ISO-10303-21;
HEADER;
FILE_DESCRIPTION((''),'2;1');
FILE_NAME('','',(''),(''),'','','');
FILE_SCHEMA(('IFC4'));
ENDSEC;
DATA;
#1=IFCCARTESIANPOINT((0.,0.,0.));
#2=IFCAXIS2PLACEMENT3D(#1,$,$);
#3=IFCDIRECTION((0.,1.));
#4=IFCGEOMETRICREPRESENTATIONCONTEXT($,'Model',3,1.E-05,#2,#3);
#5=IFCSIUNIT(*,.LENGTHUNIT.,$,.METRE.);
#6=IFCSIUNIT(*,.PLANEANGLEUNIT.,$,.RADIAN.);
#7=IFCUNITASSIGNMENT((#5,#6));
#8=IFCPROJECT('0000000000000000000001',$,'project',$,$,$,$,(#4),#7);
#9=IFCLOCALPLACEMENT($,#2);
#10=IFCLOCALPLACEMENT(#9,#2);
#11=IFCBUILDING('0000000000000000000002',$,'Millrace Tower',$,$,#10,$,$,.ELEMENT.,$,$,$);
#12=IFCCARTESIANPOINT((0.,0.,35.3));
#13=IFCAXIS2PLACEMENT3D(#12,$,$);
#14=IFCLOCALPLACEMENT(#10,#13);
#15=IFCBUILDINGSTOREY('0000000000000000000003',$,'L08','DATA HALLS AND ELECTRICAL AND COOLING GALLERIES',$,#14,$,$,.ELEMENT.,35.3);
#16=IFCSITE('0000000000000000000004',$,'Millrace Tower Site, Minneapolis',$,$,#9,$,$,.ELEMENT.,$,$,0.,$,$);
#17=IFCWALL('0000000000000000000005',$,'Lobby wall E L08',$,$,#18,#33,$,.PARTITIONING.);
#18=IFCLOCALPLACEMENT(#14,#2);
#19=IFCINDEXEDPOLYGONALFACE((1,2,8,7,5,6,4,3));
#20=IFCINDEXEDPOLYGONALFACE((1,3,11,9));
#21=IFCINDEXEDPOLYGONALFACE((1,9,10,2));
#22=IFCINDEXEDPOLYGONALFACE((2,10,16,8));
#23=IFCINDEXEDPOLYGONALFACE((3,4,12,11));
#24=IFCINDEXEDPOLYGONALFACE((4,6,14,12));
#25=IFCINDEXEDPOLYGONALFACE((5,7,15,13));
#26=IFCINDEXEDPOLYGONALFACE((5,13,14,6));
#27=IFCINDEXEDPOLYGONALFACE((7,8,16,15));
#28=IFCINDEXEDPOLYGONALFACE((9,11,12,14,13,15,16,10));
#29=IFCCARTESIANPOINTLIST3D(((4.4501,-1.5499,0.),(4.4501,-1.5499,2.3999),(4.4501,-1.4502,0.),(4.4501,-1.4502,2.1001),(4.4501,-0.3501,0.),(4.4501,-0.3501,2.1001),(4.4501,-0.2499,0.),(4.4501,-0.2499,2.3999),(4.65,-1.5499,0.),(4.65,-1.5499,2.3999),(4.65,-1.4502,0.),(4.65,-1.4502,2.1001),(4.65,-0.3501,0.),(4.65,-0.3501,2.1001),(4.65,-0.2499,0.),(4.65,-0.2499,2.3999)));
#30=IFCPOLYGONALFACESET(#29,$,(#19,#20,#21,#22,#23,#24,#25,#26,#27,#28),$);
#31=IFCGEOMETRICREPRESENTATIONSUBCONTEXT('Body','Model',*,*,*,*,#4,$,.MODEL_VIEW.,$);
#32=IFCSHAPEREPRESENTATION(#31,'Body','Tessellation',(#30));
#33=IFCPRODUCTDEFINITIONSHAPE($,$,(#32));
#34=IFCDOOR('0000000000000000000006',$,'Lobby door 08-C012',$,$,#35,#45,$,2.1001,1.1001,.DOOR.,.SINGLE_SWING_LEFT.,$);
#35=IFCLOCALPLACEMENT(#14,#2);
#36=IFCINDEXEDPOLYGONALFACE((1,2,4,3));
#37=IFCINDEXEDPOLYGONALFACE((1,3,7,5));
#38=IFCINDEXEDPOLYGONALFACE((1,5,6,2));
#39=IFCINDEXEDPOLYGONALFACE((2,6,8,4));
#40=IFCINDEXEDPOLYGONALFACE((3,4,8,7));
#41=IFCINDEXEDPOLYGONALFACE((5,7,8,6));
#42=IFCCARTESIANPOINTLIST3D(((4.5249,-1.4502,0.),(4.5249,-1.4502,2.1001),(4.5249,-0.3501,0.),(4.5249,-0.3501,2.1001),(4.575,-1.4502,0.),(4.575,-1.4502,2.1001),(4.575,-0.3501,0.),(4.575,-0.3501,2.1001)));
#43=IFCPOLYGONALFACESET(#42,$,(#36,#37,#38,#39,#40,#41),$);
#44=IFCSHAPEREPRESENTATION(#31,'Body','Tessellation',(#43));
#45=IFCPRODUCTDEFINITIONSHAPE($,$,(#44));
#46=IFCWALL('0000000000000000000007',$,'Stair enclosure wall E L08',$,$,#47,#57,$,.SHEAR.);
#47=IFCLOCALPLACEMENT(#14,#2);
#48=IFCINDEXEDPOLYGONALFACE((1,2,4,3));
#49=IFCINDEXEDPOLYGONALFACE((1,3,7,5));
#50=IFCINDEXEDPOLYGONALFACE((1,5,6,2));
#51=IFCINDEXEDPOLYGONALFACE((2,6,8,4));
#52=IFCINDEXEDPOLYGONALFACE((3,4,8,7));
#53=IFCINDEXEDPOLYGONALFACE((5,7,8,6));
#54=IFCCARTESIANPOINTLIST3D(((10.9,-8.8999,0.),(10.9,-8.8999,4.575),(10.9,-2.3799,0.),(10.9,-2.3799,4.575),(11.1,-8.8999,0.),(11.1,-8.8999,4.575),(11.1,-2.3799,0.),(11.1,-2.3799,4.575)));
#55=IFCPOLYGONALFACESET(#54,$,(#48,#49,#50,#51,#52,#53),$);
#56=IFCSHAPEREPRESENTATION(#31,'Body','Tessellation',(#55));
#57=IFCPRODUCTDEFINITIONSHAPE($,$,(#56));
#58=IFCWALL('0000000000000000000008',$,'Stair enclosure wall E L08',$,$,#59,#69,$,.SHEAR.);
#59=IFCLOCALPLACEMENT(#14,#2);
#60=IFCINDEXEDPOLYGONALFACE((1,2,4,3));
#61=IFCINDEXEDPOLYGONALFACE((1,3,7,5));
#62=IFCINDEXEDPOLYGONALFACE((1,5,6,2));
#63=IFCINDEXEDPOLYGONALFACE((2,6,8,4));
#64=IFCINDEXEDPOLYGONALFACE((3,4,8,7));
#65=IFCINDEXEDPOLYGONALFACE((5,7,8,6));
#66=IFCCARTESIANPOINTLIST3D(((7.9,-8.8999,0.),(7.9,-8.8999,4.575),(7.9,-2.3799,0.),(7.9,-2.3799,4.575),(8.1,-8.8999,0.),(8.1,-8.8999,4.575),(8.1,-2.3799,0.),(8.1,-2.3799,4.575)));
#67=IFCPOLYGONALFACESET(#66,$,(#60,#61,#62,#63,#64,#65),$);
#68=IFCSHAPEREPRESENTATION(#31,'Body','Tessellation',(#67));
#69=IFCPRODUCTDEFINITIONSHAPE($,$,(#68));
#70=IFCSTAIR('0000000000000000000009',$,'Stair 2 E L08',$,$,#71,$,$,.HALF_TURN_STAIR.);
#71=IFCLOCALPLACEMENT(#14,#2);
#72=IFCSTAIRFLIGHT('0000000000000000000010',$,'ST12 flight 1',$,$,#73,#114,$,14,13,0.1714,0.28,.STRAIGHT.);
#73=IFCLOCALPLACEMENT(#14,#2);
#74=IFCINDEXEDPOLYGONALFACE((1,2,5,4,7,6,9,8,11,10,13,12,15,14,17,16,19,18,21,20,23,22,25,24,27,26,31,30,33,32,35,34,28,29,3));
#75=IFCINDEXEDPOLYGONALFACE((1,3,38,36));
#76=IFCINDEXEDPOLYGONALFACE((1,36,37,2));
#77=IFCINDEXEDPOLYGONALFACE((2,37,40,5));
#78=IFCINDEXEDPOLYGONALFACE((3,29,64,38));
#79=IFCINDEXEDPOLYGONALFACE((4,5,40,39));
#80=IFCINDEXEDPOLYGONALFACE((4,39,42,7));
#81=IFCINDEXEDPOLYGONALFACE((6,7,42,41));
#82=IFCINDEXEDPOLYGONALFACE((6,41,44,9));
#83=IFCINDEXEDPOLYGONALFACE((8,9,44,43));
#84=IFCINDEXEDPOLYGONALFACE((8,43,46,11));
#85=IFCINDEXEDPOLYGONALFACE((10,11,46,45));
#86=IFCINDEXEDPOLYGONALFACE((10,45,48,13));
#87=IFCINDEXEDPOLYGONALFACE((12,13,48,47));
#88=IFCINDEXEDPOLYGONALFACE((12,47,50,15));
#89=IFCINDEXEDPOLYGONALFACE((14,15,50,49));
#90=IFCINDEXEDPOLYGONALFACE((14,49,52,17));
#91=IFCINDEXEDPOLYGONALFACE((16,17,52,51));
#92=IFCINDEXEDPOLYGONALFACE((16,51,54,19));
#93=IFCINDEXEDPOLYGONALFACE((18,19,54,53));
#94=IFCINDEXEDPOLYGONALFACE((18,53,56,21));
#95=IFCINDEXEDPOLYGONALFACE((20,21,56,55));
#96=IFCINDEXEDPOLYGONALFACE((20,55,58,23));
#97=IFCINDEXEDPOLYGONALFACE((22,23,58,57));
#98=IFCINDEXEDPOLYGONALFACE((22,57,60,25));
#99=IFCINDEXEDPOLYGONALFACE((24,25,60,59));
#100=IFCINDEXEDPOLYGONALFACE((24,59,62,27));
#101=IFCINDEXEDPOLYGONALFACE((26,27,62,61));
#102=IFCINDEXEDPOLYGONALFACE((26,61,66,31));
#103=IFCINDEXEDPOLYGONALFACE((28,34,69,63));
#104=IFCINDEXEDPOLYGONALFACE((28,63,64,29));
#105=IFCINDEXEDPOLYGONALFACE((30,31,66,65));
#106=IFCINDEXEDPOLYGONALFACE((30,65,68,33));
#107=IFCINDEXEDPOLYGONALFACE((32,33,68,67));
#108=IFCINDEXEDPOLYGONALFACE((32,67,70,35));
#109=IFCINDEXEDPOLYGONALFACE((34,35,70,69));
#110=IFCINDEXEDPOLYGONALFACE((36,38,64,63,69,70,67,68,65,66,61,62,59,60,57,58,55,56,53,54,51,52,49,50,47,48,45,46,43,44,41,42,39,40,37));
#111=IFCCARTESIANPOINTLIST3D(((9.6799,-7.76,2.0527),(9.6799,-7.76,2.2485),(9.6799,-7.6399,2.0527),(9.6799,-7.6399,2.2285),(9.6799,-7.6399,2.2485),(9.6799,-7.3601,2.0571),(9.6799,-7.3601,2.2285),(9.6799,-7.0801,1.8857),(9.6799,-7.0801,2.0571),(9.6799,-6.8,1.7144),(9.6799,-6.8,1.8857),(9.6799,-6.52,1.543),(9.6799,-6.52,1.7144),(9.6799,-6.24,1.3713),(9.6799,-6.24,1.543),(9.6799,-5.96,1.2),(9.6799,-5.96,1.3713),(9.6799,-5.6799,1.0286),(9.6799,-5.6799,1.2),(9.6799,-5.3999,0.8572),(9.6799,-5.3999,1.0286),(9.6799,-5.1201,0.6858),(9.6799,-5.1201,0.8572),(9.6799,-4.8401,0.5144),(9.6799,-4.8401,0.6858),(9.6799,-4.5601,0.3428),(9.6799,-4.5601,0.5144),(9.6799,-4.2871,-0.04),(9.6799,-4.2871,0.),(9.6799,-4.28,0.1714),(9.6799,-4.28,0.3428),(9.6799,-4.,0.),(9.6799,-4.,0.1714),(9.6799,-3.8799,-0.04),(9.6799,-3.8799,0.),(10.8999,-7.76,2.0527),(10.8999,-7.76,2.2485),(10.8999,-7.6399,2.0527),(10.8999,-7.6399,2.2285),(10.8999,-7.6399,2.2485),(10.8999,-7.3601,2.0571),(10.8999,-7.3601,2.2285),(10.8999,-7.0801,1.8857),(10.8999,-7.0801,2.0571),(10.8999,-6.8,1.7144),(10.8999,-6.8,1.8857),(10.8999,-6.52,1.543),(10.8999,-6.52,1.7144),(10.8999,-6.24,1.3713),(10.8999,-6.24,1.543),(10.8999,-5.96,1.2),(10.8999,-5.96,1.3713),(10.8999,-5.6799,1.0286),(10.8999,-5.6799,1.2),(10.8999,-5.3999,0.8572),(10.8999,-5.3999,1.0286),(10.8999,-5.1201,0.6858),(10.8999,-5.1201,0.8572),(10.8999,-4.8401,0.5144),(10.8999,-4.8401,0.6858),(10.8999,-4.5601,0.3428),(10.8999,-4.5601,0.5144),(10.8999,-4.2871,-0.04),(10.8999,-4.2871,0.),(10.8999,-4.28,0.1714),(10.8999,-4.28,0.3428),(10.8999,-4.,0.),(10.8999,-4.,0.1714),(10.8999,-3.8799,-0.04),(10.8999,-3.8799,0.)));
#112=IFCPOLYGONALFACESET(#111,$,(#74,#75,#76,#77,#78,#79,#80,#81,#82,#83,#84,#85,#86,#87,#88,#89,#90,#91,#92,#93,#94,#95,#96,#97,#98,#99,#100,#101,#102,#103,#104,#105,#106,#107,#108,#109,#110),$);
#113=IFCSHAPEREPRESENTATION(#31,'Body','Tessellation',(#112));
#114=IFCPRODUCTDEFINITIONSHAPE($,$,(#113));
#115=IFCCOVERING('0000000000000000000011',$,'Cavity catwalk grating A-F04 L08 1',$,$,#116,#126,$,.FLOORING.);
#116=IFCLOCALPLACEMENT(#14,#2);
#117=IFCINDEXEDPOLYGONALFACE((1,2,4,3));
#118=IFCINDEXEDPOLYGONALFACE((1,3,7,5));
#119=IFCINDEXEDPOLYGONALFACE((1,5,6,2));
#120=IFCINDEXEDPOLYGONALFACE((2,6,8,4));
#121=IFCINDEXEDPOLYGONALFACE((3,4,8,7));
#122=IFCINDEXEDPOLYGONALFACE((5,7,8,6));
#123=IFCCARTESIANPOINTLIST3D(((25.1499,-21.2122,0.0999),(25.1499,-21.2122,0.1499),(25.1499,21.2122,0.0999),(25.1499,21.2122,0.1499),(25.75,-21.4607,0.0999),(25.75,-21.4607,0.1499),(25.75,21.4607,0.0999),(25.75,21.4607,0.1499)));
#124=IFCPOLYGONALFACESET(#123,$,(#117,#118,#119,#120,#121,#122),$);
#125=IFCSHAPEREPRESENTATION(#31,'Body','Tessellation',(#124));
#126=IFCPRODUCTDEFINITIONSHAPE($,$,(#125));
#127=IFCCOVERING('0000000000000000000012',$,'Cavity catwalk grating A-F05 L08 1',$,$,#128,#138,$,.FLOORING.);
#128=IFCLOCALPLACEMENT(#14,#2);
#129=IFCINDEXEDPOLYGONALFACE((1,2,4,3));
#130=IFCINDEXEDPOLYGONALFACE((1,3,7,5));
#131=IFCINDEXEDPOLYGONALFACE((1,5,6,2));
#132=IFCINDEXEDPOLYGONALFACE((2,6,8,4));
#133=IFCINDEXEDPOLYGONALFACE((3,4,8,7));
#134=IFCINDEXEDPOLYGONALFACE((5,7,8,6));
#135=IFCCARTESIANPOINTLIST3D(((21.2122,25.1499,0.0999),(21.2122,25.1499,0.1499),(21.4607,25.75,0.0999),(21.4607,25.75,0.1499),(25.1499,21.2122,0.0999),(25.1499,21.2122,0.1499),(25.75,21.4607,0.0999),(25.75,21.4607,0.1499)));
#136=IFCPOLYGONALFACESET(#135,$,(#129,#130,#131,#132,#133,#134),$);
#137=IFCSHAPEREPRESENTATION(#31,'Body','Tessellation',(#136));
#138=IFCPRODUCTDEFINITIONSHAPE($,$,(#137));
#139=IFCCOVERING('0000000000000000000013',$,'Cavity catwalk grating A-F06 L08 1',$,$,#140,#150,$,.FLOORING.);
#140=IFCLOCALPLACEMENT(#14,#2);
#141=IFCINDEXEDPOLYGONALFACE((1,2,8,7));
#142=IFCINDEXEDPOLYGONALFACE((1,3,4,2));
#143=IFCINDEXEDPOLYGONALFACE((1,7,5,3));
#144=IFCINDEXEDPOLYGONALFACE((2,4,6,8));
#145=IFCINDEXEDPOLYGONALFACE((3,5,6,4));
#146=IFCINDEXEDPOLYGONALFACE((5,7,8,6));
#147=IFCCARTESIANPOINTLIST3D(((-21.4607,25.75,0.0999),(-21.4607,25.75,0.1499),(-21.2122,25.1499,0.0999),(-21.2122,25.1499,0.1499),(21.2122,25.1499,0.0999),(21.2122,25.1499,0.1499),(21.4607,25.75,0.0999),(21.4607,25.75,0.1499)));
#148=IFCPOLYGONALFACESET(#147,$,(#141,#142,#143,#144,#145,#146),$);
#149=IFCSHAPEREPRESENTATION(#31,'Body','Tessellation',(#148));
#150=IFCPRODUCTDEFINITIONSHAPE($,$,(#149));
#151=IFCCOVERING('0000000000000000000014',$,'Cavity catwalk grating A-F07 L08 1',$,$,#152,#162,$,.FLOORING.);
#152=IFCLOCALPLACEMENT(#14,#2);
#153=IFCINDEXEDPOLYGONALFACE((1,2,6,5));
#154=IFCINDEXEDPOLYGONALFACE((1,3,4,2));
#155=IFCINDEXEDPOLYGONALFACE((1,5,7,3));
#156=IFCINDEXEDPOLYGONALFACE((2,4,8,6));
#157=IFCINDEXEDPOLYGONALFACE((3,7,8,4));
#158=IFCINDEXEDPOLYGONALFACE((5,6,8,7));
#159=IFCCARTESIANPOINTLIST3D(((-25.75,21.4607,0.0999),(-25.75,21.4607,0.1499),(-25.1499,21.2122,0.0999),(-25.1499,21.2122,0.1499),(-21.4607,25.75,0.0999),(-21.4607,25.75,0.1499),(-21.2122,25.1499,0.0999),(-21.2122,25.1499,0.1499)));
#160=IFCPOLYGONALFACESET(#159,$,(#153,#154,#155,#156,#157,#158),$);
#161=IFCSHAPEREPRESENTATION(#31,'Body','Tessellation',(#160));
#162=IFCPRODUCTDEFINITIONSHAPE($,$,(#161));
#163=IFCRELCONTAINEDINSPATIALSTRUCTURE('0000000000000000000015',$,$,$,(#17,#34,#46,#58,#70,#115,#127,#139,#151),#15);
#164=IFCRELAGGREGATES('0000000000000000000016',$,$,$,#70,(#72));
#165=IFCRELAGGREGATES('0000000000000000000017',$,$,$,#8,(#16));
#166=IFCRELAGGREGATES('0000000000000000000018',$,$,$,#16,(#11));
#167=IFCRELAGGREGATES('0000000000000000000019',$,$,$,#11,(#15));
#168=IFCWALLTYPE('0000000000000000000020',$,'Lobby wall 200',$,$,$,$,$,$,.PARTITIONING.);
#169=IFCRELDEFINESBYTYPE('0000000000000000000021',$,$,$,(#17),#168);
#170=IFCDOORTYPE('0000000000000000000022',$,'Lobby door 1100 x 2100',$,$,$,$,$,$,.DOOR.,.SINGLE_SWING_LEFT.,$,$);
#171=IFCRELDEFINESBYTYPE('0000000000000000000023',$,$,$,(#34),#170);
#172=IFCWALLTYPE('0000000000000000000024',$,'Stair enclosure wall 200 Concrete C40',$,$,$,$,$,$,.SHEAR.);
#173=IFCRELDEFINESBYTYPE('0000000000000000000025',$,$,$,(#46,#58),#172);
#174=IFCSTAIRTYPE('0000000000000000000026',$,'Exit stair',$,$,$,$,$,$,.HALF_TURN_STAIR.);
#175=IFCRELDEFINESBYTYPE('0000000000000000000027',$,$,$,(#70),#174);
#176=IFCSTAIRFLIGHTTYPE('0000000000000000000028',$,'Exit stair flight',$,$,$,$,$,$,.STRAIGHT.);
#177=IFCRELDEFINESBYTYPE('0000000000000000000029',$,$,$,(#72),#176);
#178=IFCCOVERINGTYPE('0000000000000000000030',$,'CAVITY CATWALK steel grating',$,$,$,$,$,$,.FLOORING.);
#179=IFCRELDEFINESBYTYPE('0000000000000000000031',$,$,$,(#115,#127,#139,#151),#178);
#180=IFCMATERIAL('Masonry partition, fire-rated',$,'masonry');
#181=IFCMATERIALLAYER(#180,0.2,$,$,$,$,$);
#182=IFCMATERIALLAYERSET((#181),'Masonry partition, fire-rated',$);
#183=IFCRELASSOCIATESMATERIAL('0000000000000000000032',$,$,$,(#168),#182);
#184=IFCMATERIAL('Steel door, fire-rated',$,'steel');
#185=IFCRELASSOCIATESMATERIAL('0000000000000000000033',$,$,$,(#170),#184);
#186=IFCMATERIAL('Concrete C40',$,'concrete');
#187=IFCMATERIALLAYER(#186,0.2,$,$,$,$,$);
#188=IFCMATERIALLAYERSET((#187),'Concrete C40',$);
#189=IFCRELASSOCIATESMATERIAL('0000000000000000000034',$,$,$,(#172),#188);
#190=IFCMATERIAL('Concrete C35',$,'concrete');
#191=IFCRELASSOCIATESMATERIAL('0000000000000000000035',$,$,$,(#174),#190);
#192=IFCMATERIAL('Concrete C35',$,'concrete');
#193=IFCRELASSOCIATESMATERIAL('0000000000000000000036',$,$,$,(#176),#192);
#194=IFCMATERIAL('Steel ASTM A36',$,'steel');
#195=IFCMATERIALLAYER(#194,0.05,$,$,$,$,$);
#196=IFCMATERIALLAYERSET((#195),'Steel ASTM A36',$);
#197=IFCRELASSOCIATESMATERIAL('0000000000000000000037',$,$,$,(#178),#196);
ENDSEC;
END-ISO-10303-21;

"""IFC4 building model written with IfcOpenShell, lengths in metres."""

from ifc_helpers import new_model, si_unit, direction, frame, frame_2d, origin, place, context, subcontext, project, spatial, polyline, rectangle, outline, extrude, material, layer, layer_set, type_object, element, fill, aggregate, save


model = new_model("IFC4")

# Units and contexts
model_context = context("Model", 3, precision=1e-05, world=origin(), true_north=direction((0.0, 1.0)))
body_context = subcontext(model_context, "Body", "Model", "MODEL_VIEW")
ifc_project = project(units=[si_unit("LENGTHUNIT", "METRE"), si_unit("PLANEANGLEUNIT", "RADIAN")], contexts=[model_context])

# Site, building, storey
site_placement = place(None, origin())
site = spatial("IfcSite", under=ifc_project, at=site_placement, Name="Millrace Tower Site, Minneapolis", CompositionType="ELEMENT", RefElevation=0.0)
building_placement = place(site_placement, origin())
building = spatial("IfcBuilding", under=site, at=building_placement, Name="Millrace Tower", CompositionType="ELEMENT")
storey_placement = place(building_placement, frame((0.0, 0.0, 35.3)))
storey = spatial("IfcBuildingStorey", under=building, at=storey_placement, Name="L08", Description="DATA HALLS AND ELECTRICAL AND COOLING GALLERIES", CompositionType="ELEMENT", Elevation=35.3)

# Shared definitions
placement_1 = place(storey_placement, origin())

# Wall, opening, door
ifc_material_1 = material(Name="Masonry partition, fire-rated", Category="masonry")
ifc_layer_1 = layer(ifc_material_1, 0.2)
ifc_layer_set_1 = layer_set([ifc_layer_1], Name="Masonry partition, fire-rated")
wall_type_1 = type_object("IfcWallType", Name="Lobby wall 200", PredefinedType="PARTITIONING", material=ifc_layer_set_1)
wall_1_placement = place(storey_placement, frame((4.55, -0.25, 0.0), z_axis=(0.0, 0.0, 1.0), x_axis=(0.0, -1.0, 0.0)))
wall_1 = element("IfcWall", 1, at=wall_1_placement, inside=storey, type_object=wall_type_1, Name="Lobby wall E L08", PredefinedType="PARTITIONING", context=body_context, shape_type="SweptSolid", body=[
    extrude(rectangle(XDim=1.3, YDim=0.2, at=frame_2d((0.6499, 0.0))), origin(), (0.0, 0.0, 1.0), 2.3999),
])
opening_placement = place(wall_1_placement, frame((0.1001, 0.0, 0.0)))
opening = element("IfcOpeningElement", 2, at=opening_placement, cuts=wall_1, PredefinedType="OPENING", context=body_context, shape_type="SweptSolid", body=[
    extrude(rectangle(XDim=1.1001, YDim=2.1001, at=frame_2d((0.55, 1.05))), frame((0.0, 0.1099, 0.0), z_axis=(0.0, -1.0, 0.0), x_axis=(1.0, 0.0, 0.0)), (0.0, 0.0, 1.0), 0.22),
])
ifc_material_2 = material(Name="Steel door, fire-rated", Category="steel")
door_type = type_object("IfcDoorType", Name="Lobby door 1100 x 2100", OperationType="SINGLE_SWING_LEFT", PredefinedType="DOOR", material=ifc_material_2)
door_placement = place(opening_placement, origin())
door = element("IfcDoor", 3, at=door_placement, inside=storey, type_object=door_type, Name="Lobby door 08-C012", OperationType="SINGLE_SWING_LEFT", OverallHeight=2.1001, OverallWidth=1.1001, PredefinedType="DOOR", context=body_context, shape_type="SweptSolid", body=[
    extrude(rectangle(XDim=1.1001, YDim=2.1001, at=frame_2d((0.55, 1.05))), frame((0.0, 0.0249, 0.0), z_axis=(0.0, -1.0, 0.0), x_axis=(1.0, 0.0, 0.0)), (0.0, 0.0, 1.0), 0.05),
])
fill(opening, door)

# Walls
ifc_material_3 = material(Name="Concrete C40", Category="concrete")
ifc_layer_2 = layer(ifc_material_3, 0.2)
ifc_layer_set_2 = layer_set([ifc_layer_2], Name="Concrete C40")
wall_type_2 = type_object("IfcWallType", Name="Stair enclosure wall 200 Concrete C40", PredefinedType="SHEAR", material=ifc_layer_set_2)
for number, where, z_axis, x_axis, name in (
    (4, (11.0, -2.3799, 0.0), (0.0, 0.0, 1.0), (0.0, -1.0, 0.0), "Stair enclosure wall E L08"),
    (5, (8.0, -2.3799, 0.0), (0.0, 0.0, 1.0), (0.0, -1.0, 0.0), "Stair enclosure wall E L08"),
):
    element("IfcWall", number, at=place(storey_placement, frame(where, z_axis=z_axis, x_axis=x_axis)), inside=storey, type_object=wall_type_2, Name=name, PredefinedType="SHEAR", context=body_context, shape_type="SweptSolid", body=[
        extrude(rectangle(XDim=6.52, YDim=0.2, at=frame_2d((3.26, 0.0))), origin(), (0.0, 0.0, 1.0), 4.575),
    ])

# Stair, stair flight
ifc_material_4 = material(Name="Concrete C35", Category="concrete")
stair_type = type_object("IfcStairType", Name="Exit stair", PredefinedType="HALF_TURN_STAIR", material=ifc_material_4)
stair = element("IfcStair", 6, at=placement_1, inside=storey, type_object=stair_type, Name="Stair 2 E L08", PredefinedType="HALF_TURN_STAIR")
ifc_material_5 = material(Name="Concrete C35", Category="concrete")
stair_flight_type = type_object("IfcStairFlightType", Name="Exit stair flight", PredefinedType="STRAIGHT", material=ifc_material_5)
stair_flight_placement = place(storey_placement, frame((10.29, -4.0, 0.0), z_axis=(0.0, 0.0, 1.0), x_axis=(0.0, -1.0, 0.0)))
stair_flight = element("IfcStairFlight", 7, at=stair_flight_placement, type_object=stair_flight_type, Name="ST12 flight 1", NumberOfRisers=14, NumberOfTreads=13, PredefinedType="STRAIGHT", RiserHeight=0.1714, TreadLength=0.28, context=body_context, shape_type="SweptSolid", body=[
    extrude(outline(polyline([(-0.1201, -0.04), (-0.1201, 0.0), (0.0, 0.0), (0.0, 0.1714), (0.28, 0.1714), (0.28, 0.3428), (0.5601, 0.3428), (0.5601, 0.5144), (0.8401, 0.5144), (0.8401, 0.6858), (1.1201, 0.6858), (1.1201, 0.8572), (1.3999, 0.8572), (1.3999, 1.0286), (1.6799, 1.0286), (1.6799, 1.2), (1.96, 1.2), (1.96, 1.3713), (2.24, 1.3713), (2.24, 1.543), (2.52, 1.543), (2.52, 1.7144), (2.8, 1.7144), (2.8, 1.8857), (3.0801, 1.8857), (3.0801, 2.0571), (3.3601, 2.0571), (3.3601, 2.2285), (3.6399, 2.2285), (3.6399, 2.2485), (3.76, 2.2485), (3.76, 2.0527), (3.6399, 2.0527), (0.2871, 0.0), (0.2871, -0.04), (-0.1201, -0.04)])), frame((0.0, 0.6099, 0.0), z_axis=(0.0, -1.0, 0.0), x_axis=(1.0, 0.0, 0.0)), (0.0, 0.0, 1.0), 1.22),
])
aggregate(stair, [stair_flight])

# Coverings
ifc_material_6 = material(Name="Steel ASTM A36", Category="steel")
ifc_layer_3 = layer(ifc_material_6, 0.05)
ifc_layer_set_3 = layer_set([ifc_layer_3], Name="Steel ASTM A36")
covering_type = type_object("IfcCoveringType", Name="CAVITY CATWALK steel grating", PredefinedType="FLOORING", material=ifc_layer_set_3)
placement_2 = place(storey_placement, frame((0.0, 0.0, 0.0999)))
element("IfcCovering", 8, at=placement_2, inside=storey, type_object=covering_type, Name="Cavity catwalk grating A-F04 L08 1", PredefinedType="FLOORING", context=body_context, shape_type="SweptSolid", body=[
    extrude(outline(polyline([(25.75, -21.4607), (25.75, 21.4607), (25.1499, 21.2122), (25.1499, -21.2122), (25.75, -21.4607)])), origin(), (0.0, 0.0, 1.0), 0.05),
])
element("IfcCovering", 9, at=placement_2, inside=storey, type_object=covering_type, Name="Cavity catwalk grating A-F05 L08 1", PredefinedType="FLOORING", context=body_context, shape_type="SweptSolid", body=[
    extrude(outline(polyline([(25.75, 21.4607), (21.4607, 25.75), (21.2122, 25.1499), (25.1499, 21.2122), (25.75, 21.4607)])), origin(), (0.0, 0.0, 1.0), 0.05),
])
element("IfcCovering", 10, at=placement_2, inside=storey, type_object=covering_type, Name="Cavity catwalk grating A-F06 L08 1", PredefinedType="FLOORING", context=body_context, shape_type="SweptSolid", body=[
    extrude(outline(polyline([(21.4607, 25.75), (-21.4607, 25.75), (-21.2122, 25.1499), (21.2122, 25.1499), (21.4607, 25.75)])), origin(), (0.0, 0.0, 1.0), 0.05),
])
element("IfcCovering", 11, at=placement_2, inside=storey, type_object=covering_type, Name="Cavity catwalk grating A-F07 L08 1", PredefinedType="FLOORING", context=body_context, shape_type="SweptSolid", body=[
    extrude(outline(polyline([(-21.4607, 25.75), (-25.75, 21.4607), (-25.1499, 21.2122), (-21.2122, 25.1499), (-21.4607, 25.75)])), origin(), (0.0, 0.0, 1.0), 0.05),
])

save(model, "model.ifc")
